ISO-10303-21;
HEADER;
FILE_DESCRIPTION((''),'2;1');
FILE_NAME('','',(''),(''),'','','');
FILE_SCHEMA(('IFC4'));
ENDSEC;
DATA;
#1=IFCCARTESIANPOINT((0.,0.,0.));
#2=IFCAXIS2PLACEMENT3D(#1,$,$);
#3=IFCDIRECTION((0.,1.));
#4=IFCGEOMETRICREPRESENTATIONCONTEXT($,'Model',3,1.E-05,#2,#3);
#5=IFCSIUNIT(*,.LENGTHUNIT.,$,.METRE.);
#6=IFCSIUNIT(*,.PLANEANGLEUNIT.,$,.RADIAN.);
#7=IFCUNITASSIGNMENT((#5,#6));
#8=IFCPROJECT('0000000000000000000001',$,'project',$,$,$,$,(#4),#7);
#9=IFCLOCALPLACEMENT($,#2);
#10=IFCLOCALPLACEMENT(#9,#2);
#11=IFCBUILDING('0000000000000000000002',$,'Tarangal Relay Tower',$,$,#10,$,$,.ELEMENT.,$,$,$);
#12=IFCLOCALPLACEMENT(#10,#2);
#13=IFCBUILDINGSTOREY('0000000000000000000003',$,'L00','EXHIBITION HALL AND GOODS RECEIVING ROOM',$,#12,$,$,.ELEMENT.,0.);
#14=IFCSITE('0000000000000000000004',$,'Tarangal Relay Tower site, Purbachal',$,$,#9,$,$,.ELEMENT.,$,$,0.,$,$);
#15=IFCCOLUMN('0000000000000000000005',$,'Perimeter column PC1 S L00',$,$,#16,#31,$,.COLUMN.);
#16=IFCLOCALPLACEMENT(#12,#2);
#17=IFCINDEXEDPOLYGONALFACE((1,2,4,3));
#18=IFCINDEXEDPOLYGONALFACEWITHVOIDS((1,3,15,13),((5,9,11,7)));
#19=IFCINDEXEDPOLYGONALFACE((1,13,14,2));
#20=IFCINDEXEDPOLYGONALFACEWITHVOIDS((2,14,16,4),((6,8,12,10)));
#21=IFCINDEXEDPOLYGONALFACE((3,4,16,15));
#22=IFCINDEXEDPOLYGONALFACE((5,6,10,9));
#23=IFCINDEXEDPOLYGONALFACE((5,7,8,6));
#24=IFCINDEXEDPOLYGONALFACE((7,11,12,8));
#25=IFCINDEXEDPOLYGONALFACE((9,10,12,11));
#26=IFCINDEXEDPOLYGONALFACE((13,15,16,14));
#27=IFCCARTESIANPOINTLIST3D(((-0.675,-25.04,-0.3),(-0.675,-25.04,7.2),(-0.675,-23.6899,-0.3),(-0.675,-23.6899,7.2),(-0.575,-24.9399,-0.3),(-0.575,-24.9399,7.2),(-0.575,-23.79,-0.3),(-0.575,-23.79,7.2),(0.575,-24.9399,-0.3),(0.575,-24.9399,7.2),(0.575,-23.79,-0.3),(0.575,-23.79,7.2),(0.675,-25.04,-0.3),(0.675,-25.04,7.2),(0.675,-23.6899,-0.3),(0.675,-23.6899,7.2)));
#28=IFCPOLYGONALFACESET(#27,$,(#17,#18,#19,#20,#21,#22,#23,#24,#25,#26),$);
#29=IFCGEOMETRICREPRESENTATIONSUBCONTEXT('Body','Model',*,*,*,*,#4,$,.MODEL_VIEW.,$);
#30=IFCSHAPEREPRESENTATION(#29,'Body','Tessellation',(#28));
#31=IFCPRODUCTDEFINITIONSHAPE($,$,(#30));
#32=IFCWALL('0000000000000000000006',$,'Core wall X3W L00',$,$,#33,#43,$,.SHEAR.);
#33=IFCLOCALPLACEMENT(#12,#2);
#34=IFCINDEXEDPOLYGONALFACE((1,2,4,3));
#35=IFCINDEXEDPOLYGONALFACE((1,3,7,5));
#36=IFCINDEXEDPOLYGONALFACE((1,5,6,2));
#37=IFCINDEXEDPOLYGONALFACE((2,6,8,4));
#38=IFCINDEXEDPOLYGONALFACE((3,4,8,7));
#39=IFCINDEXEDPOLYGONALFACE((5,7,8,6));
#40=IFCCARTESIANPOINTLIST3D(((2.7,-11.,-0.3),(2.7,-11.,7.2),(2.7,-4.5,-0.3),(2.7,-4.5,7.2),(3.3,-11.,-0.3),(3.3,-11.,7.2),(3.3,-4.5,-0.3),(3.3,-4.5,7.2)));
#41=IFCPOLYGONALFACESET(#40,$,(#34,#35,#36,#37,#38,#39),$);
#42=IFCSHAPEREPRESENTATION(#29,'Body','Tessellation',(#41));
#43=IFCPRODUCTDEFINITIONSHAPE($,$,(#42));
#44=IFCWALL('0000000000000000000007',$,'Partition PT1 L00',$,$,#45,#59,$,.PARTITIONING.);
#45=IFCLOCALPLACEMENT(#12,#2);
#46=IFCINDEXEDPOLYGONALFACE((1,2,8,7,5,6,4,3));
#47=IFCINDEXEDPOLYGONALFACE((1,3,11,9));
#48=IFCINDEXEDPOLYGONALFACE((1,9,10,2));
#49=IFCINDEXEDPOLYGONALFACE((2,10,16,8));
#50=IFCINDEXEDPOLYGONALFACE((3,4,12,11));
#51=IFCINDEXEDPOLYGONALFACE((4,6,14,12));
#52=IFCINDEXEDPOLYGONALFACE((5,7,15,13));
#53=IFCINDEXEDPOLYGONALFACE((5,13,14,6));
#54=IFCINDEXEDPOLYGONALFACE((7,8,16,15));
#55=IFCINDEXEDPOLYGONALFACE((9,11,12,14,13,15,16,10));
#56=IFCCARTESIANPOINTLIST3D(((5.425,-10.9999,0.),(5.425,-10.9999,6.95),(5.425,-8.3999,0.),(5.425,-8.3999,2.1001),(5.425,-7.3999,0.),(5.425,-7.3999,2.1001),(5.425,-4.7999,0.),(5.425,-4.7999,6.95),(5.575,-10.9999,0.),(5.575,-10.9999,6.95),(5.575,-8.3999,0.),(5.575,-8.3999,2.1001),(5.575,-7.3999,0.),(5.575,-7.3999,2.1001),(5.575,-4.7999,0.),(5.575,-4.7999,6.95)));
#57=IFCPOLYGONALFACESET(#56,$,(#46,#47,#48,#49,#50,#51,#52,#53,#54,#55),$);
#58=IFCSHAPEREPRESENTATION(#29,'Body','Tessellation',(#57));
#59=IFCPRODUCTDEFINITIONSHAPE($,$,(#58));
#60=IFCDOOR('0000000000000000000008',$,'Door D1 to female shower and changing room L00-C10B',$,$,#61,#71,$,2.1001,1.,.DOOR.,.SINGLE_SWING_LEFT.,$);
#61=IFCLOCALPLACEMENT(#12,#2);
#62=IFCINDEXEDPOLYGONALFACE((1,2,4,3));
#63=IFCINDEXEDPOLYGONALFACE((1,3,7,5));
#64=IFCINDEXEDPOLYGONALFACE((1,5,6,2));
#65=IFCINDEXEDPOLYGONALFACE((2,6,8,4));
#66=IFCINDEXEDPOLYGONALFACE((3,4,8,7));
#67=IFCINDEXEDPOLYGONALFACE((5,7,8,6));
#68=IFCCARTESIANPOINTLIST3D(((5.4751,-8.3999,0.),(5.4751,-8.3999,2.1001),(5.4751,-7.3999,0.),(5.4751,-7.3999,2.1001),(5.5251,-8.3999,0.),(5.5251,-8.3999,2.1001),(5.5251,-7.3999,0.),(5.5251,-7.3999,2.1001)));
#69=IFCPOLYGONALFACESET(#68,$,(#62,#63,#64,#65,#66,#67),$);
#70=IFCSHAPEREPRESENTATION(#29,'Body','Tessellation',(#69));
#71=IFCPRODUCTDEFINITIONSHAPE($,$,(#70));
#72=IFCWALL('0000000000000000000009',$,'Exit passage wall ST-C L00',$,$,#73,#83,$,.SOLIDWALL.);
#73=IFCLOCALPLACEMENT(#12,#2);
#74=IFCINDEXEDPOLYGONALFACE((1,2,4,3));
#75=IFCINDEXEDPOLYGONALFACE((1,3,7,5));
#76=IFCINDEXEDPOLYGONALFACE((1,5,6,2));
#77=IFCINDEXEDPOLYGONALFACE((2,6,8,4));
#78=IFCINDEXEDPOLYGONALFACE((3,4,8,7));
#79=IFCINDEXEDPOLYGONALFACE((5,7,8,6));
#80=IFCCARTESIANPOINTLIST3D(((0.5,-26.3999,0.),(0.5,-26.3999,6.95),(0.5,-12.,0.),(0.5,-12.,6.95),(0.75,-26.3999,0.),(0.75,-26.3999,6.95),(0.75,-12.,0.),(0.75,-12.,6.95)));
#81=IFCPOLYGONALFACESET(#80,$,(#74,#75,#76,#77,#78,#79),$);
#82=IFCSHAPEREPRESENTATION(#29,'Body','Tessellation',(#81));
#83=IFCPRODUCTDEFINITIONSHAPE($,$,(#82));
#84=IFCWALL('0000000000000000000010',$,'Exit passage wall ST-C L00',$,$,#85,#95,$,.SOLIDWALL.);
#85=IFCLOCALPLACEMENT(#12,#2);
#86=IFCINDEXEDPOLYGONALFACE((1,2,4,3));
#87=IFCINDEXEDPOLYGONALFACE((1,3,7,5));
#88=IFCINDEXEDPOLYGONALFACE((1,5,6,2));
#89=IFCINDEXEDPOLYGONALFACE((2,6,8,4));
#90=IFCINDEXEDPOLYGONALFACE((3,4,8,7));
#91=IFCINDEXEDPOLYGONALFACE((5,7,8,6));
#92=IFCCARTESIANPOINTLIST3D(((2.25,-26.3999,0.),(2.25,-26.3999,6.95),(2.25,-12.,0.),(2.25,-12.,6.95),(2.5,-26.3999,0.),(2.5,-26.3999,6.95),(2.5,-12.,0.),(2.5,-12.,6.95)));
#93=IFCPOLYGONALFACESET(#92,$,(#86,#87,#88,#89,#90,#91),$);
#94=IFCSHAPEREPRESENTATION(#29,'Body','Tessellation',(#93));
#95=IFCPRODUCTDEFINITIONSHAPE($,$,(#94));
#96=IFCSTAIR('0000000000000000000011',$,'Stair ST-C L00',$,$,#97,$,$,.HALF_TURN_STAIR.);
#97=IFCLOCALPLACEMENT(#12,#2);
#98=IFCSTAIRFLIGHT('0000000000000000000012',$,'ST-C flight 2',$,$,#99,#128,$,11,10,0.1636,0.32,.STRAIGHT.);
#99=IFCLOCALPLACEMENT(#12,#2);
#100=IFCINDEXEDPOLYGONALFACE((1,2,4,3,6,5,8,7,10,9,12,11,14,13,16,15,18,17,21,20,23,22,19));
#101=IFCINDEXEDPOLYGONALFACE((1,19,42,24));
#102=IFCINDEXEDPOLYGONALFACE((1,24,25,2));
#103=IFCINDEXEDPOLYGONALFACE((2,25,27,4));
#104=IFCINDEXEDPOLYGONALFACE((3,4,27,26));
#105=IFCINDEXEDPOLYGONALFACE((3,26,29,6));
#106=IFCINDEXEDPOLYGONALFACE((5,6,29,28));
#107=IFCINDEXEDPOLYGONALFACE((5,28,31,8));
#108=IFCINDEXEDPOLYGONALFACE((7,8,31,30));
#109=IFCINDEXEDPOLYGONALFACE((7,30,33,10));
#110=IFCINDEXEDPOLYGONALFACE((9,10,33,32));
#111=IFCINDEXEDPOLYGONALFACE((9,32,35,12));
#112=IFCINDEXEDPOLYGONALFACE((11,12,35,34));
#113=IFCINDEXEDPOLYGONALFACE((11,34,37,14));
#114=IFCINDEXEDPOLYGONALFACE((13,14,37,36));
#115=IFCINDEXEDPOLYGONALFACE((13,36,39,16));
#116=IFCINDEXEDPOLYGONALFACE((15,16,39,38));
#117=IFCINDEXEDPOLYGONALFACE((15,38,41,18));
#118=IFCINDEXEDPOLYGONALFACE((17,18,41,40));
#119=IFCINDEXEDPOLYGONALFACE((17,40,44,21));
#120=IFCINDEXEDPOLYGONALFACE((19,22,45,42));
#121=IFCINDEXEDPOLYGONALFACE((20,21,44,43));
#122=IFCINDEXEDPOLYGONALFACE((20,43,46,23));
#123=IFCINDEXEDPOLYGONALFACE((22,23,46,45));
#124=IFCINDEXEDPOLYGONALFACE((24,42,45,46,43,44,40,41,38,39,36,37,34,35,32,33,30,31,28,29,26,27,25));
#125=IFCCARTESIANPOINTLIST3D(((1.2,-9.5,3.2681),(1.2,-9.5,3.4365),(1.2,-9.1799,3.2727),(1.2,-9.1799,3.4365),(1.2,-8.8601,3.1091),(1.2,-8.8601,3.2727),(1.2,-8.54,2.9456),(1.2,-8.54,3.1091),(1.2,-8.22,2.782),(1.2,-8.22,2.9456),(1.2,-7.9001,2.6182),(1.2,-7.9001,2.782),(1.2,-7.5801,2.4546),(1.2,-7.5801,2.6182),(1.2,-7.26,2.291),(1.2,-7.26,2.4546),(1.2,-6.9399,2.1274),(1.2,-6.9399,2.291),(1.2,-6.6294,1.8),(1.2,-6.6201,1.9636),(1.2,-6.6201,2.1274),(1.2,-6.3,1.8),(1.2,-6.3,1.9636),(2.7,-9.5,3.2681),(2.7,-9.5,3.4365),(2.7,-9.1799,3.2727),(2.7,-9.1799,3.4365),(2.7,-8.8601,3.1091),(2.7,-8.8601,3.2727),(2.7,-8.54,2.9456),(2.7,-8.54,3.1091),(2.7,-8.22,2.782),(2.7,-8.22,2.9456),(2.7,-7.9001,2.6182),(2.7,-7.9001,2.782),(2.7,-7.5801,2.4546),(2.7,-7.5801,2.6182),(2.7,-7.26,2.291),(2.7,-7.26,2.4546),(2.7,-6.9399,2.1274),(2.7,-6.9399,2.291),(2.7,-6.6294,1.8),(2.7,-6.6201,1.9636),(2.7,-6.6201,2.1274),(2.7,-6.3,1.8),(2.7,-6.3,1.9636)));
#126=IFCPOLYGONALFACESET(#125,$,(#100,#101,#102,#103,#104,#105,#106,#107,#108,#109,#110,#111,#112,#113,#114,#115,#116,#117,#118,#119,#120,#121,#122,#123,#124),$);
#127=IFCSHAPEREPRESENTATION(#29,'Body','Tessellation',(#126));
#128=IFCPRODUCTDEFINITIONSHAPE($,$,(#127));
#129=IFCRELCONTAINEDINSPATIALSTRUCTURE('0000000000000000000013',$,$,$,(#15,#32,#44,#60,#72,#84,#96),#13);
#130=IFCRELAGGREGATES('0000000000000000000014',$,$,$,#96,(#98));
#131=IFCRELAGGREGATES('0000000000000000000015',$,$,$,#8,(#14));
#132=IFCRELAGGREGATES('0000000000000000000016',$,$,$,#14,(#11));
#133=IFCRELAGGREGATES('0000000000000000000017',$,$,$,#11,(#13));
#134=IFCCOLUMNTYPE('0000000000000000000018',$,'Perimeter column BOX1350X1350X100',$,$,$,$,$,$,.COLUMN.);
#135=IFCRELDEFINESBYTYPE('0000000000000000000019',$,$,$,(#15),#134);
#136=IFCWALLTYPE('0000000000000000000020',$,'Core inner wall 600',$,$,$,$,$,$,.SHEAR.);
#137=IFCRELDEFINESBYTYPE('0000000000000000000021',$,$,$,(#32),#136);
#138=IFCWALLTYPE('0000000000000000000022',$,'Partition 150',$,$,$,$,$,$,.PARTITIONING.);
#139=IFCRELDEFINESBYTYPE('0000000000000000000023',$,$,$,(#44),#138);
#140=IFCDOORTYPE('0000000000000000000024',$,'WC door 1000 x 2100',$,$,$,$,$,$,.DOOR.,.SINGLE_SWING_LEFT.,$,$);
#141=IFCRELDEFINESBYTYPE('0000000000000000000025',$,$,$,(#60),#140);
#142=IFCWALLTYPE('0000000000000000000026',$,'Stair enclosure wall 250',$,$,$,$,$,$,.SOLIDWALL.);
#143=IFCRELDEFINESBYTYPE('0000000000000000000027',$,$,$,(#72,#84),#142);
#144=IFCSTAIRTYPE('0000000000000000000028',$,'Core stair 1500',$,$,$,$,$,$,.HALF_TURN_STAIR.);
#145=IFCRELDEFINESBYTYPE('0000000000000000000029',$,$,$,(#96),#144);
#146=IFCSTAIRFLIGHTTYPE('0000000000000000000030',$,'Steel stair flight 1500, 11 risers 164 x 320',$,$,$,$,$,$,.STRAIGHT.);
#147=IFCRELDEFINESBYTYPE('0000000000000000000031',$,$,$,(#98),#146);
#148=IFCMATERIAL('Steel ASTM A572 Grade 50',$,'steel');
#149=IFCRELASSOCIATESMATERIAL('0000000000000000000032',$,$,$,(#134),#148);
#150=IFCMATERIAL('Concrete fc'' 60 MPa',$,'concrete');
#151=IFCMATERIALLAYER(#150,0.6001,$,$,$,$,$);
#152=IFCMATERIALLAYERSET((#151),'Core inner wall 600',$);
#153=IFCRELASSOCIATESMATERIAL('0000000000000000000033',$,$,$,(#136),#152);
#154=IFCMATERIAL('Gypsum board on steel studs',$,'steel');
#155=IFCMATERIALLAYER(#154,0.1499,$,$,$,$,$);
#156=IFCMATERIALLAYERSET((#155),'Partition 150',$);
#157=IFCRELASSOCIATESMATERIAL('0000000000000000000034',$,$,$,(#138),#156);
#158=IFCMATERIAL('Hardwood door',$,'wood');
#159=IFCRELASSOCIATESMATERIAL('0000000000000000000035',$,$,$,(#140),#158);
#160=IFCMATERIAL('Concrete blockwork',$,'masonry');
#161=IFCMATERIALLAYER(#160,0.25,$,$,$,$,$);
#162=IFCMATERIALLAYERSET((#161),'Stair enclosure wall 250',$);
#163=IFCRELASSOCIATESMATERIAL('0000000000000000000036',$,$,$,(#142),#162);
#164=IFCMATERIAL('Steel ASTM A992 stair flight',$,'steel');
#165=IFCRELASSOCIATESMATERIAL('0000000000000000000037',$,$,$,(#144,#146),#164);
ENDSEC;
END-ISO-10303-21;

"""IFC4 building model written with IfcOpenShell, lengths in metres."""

from ifc_helpers import new_model, si_unit, direction, frame, frame_2d, origin, origin_2d, place, context, subcontext, project, spatial, polyline, rectangle, hollow_rectangle, outline, extrude, material, layer, layer_set, material_profile, profile_set, type_object, element, fill, aggregate, save


model = new_model("IFC4")

# Units and contexts
model_context = context("Model", 3, precision=1e-05, world=origin(), true_north=direction((0.0, 1.0)))
body_context = subcontext(model_context, "Body", "Model", "MODEL_VIEW")
ifc_project = project(units=[si_unit("LENGTHUNIT", "METRE"), si_unit("PLANEANGLEUNIT", "RADIAN")], contexts=[model_context])

# Site, building, storey
site_placement = place(None, origin())
site = spatial("IfcSite", under=ifc_project, at=site_placement, Name="Tarangal Relay Tower site, Purbachal", CompositionType="ELEMENT", RefElevation=0.0)
building_placement = place(site_placement, origin())
building = spatial("IfcBuilding", under=site, at=building_placement, Name="Tarangal Relay Tower", CompositionType="ELEMENT")
storey_placement = place(building_placement, origin())
storey = spatial("IfcBuildingStorey", under=building, at=storey_placement, Name="L00", Description="EXHIBITION HALL AND GOODS RECEIVING ROOM", CompositionType="ELEMENT", Elevation=0.0)

# Column
ifc_material_1 = material(Name="Steel ASTM A572 Grade 50", Category="steel")
ifc_material_profile_1 = material_profile(ifc_material_1, hollow_rectangle(XDim=1.3501, YDim=1.3501, WallThickness=0.1001, at=origin_2d()), Name="BOX1350X1350X100")
ifc_profile_set_1 = profile_set([ifc_material_profile_1], Name="Steel ASTM A572 Grade 50")
column_type = type_object("IfcColumnType", Name="Perimeter column BOX1350X1350X100", PredefinedType="COLUMN", material=ifc_profile_set_1)
column_placement = place(storey_placement, frame((0.0, -24.365, -0.3), z_axis=(0.0, 0.0, 1.0), x_axis=(1.0, 0.0, 0.0)))
element("IfcColumn", 1, at=column_placement, inside=storey, type_object=column_type, Name="Perimeter column PC1 S L00", PredefinedType="COLUMN", context=body_context, shape_type="SweptSolid", body=[
    extrude(hollow_rectangle(XDim=1.3501, YDim=1.3501, WallThickness=0.1001, at=origin_2d()), origin(), (0.0, 0.0, 1.0), 7.5),
])

# Wall
ifc_material_2 = material(Name="Concrete fc' 60 MPa", Category="concrete")
ifc_layer_1 = layer(ifc_material_2, 0.6001)
ifc_layer_set_1 = layer_set([ifc_layer_1], Name="Core inner wall 600")
wall_type_1 = type_object("IfcWallType", Name="Core inner wall 600", PredefinedType="SHEAR", material=ifc_layer_set_1)
wall_1_placement = place(storey_placement, frame((3.0, -11.0, -0.3), z_axis=(0.0, 0.0, 1.0), x_axis=(0.0, 1.0, 0.0)))
element("IfcWall", 2, at=wall_1_placement, inside=storey, type_object=wall_type_1, Name="Core wall X3W L00", PredefinedType="SHEAR", context=body_context, shape_type="SweptSolid", body=[
    extrude(rectangle(XDim=6.5, YDim=0.6001, at=frame_2d((3.25, 0.0))), origin(), (0.0, 0.0, 1.0), 7.5),
])

# Wall, opening, door
ifc_material_3 = material(Name="Gypsum board on steel studs", Category="steel")
ifc_layer_2 = layer(ifc_material_3, 0.1499)
ifc_layer_set_2 = layer_set([ifc_layer_2], Name="Partition 150")
wall_type_2 = type_object("IfcWallType", Name="Partition 150", PredefinedType="PARTITIONING", material=ifc_layer_set_2)
wall_2_placement = place(storey_placement, frame((5.5, -11.0, 0.0), z_axis=(0.0, 0.0, 1.0), x_axis=(0.0, 1.0, 0.0)))
wall_2 = element("IfcWall", 3, at=wall_2_placement, inside=storey, type_object=wall_type_2, Name="Partition PT1 L00", PredefinedType="PARTITIONING", context=body_context, shape_type="SweptSolid", body=[
    extrude(rectangle(XDim=6.2, YDim=0.1499, at=frame_2d((3.1001, 0.0))), origin(), (0.0, 0.0, 1.0), 6.95),
])
opening_placement = place(wall_2_placement, frame((2.6001, 0.0, 0.0)))
opening = element("IfcOpeningElement", 4, at=opening_placement, cuts=wall_2, PredefinedType="OPENING", context=body_context, shape_type="SweptSolid", body=[
    extrude(rectangle(XDim=1.0, YDim=2.1001, at=frame_2d((0.5, 1.05))), frame((0.0, 0.085, 0.0), z_axis=(0.0, -1.0, 0.0), x_axis=(1.0, 0.0, 0.0)), (0.0, 0.0, 1.0), 0.1699),
])
ifc_material_4 = material(Name="Hardwood door", Category="wood")
door_type = type_object("IfcDoorType", Name="WC door 1000 x 2100", OperationType="SINGLE_SWING_LEFT", PredefinedType="DOOR", material=ifc_material_4)
door_placement = place(opening_placement, origin())
door = element("IfcDoor", 5, at=door_placement, inside=storey, type_object=door_type, Name="Door D1 to female shower and changing room L00-C10B", OperationType="SINGLE_SWING_LEFT", OverallHeight=2.1001, OverallWidth=1.0, PredefinedType="DOOR", context=body_context, shape_type="SweptSolid", body=[
    extrude(rectangle(XDim=1.0, YDim=2.1001, at=frame_2d((0.5, 1.05))), frame((0.0, 0.0249, 0.0), z_axis=(0.0, -1.0, 0.0), x_axis=(1.0, 0.0, 0.0)), (0.0, 0.0, 1.0), 0.05),
])
fill(opening, door)

# Walls
ifc_material_5 = material(Name="Concrete blockwork", Category="masonry")
ifc_layer_3 = layer(ifc_material_5, 0.25)
ifc_layer_set_3 = layer_set([ifc_layer_3], Name="Stair enclosure wall 250")
wall_type_3 = type_object("IfcWallType", Name="Stair enclosure wall 250", PredefinedType="SOLIDWALL", material=ifc_layer_set_3)
for number, where, z_axis, x_axis, name in (
    (6, (0.625, -12.0, 0.0), (0.0, 0.0, 1.0), (0.0, -1.0, 0.0), "Exit passage wall ST-C L00"),
    (7, (2.375, -12.0, 0.0), (0.0, 0.0, 1.0), (0.0, -1.0, 0.0), "Exit passage wall ST-C L00"),
):
    element("IfcWall", number, at=place(storey_placement, frame(where, z_axis=z_axis, x_axis=x_axis)), inside=storey, type_object=wall_type_3, Name=name, PredefinedType="SOLIDWALL", context=body_context, shape_type="SweptSolid", body=[
        extrude(rectangle(XDim=14.3999, YDim=0.25, at=frame_2d((7.2, 0.0))), origin(), (0.0, 0.0, 1.0), 6.95),
    ])

# Stair, stair flight
ifc_material_6 = material(Name="Steel ASTM A992 stair flight", Category="steel")
stair_type = type_object("IfcStairType", Name="Core stair 1500", PredefinedType="HALF_TURN_STAIR", material=ifc_material_6)
stair_placement = place(storey_placement, origin())
stair = element("IfcStair", 8, at=stair_placement, inside=storey, type_object=stair_type, Name="Stair ST-C L00", PredefinedType="HALF_TURN_STAIR")
stair_flight_type = type_object("IfcStairFlightType", Name="Steel stair flight 1500, 11 risers 164 x 320", PredefinedType="STRAIGHT", material=ifc_material_6)
stair_flight_placement = place(storey_placement, frame((1.95, -6.3, 1.8), z_axis=(0.0, 0.0, 1.0), x_axis=(0.0, -1.0, 0.0)))
stair_flight = element("IfcStairFlight", 9, at=stair_flight_placement, type_object=stair_flight_type, Name="ST-C flight 2", NumberOfRisers=11, NumberOfTreads=10, PredefinedType="STRAIGHT", RiserHeight=0.1636, TreadLength=0.32, context=body_context, shape_type="SweptSolid", body=[
    extrude(outline(polyline([(0.0, 0.0), (0.0, 0.1636), (0.3201, 0.1636), (0.3201, 0.3274), (0.6399, 0.3274), (0.6399, 0.491), (0.96, 0.491), (0.96, 0.6545), (1.28, 0.6545), (1.28, 0.8181), (1.6001, 0.8181), (1.6001, 0.9819), (1.9199, 0.9819), (1.9199, 1.1455), (2.24, 1.1455), (2.24, 1.3091), (2.5601, 1.3091), (2.5601, 1.4727), (2.8799, 1.4727), (2.8799, 1.6365), (3.2, 1.6365), (3.2, 1.8), (3.2, 1.468), (0.3293, 0.0), (0.0, 0.0)])), frame((0.0, 0.75, 0.0), z_axis=(0.0, -1.0, 0.0), x_axis=(1.0, 0.0, 0.0)), (0.0, 0.0, 1.0), 1.5),
])
aggregate(stair, [stair_flight])

save(model, "model.ifc")
